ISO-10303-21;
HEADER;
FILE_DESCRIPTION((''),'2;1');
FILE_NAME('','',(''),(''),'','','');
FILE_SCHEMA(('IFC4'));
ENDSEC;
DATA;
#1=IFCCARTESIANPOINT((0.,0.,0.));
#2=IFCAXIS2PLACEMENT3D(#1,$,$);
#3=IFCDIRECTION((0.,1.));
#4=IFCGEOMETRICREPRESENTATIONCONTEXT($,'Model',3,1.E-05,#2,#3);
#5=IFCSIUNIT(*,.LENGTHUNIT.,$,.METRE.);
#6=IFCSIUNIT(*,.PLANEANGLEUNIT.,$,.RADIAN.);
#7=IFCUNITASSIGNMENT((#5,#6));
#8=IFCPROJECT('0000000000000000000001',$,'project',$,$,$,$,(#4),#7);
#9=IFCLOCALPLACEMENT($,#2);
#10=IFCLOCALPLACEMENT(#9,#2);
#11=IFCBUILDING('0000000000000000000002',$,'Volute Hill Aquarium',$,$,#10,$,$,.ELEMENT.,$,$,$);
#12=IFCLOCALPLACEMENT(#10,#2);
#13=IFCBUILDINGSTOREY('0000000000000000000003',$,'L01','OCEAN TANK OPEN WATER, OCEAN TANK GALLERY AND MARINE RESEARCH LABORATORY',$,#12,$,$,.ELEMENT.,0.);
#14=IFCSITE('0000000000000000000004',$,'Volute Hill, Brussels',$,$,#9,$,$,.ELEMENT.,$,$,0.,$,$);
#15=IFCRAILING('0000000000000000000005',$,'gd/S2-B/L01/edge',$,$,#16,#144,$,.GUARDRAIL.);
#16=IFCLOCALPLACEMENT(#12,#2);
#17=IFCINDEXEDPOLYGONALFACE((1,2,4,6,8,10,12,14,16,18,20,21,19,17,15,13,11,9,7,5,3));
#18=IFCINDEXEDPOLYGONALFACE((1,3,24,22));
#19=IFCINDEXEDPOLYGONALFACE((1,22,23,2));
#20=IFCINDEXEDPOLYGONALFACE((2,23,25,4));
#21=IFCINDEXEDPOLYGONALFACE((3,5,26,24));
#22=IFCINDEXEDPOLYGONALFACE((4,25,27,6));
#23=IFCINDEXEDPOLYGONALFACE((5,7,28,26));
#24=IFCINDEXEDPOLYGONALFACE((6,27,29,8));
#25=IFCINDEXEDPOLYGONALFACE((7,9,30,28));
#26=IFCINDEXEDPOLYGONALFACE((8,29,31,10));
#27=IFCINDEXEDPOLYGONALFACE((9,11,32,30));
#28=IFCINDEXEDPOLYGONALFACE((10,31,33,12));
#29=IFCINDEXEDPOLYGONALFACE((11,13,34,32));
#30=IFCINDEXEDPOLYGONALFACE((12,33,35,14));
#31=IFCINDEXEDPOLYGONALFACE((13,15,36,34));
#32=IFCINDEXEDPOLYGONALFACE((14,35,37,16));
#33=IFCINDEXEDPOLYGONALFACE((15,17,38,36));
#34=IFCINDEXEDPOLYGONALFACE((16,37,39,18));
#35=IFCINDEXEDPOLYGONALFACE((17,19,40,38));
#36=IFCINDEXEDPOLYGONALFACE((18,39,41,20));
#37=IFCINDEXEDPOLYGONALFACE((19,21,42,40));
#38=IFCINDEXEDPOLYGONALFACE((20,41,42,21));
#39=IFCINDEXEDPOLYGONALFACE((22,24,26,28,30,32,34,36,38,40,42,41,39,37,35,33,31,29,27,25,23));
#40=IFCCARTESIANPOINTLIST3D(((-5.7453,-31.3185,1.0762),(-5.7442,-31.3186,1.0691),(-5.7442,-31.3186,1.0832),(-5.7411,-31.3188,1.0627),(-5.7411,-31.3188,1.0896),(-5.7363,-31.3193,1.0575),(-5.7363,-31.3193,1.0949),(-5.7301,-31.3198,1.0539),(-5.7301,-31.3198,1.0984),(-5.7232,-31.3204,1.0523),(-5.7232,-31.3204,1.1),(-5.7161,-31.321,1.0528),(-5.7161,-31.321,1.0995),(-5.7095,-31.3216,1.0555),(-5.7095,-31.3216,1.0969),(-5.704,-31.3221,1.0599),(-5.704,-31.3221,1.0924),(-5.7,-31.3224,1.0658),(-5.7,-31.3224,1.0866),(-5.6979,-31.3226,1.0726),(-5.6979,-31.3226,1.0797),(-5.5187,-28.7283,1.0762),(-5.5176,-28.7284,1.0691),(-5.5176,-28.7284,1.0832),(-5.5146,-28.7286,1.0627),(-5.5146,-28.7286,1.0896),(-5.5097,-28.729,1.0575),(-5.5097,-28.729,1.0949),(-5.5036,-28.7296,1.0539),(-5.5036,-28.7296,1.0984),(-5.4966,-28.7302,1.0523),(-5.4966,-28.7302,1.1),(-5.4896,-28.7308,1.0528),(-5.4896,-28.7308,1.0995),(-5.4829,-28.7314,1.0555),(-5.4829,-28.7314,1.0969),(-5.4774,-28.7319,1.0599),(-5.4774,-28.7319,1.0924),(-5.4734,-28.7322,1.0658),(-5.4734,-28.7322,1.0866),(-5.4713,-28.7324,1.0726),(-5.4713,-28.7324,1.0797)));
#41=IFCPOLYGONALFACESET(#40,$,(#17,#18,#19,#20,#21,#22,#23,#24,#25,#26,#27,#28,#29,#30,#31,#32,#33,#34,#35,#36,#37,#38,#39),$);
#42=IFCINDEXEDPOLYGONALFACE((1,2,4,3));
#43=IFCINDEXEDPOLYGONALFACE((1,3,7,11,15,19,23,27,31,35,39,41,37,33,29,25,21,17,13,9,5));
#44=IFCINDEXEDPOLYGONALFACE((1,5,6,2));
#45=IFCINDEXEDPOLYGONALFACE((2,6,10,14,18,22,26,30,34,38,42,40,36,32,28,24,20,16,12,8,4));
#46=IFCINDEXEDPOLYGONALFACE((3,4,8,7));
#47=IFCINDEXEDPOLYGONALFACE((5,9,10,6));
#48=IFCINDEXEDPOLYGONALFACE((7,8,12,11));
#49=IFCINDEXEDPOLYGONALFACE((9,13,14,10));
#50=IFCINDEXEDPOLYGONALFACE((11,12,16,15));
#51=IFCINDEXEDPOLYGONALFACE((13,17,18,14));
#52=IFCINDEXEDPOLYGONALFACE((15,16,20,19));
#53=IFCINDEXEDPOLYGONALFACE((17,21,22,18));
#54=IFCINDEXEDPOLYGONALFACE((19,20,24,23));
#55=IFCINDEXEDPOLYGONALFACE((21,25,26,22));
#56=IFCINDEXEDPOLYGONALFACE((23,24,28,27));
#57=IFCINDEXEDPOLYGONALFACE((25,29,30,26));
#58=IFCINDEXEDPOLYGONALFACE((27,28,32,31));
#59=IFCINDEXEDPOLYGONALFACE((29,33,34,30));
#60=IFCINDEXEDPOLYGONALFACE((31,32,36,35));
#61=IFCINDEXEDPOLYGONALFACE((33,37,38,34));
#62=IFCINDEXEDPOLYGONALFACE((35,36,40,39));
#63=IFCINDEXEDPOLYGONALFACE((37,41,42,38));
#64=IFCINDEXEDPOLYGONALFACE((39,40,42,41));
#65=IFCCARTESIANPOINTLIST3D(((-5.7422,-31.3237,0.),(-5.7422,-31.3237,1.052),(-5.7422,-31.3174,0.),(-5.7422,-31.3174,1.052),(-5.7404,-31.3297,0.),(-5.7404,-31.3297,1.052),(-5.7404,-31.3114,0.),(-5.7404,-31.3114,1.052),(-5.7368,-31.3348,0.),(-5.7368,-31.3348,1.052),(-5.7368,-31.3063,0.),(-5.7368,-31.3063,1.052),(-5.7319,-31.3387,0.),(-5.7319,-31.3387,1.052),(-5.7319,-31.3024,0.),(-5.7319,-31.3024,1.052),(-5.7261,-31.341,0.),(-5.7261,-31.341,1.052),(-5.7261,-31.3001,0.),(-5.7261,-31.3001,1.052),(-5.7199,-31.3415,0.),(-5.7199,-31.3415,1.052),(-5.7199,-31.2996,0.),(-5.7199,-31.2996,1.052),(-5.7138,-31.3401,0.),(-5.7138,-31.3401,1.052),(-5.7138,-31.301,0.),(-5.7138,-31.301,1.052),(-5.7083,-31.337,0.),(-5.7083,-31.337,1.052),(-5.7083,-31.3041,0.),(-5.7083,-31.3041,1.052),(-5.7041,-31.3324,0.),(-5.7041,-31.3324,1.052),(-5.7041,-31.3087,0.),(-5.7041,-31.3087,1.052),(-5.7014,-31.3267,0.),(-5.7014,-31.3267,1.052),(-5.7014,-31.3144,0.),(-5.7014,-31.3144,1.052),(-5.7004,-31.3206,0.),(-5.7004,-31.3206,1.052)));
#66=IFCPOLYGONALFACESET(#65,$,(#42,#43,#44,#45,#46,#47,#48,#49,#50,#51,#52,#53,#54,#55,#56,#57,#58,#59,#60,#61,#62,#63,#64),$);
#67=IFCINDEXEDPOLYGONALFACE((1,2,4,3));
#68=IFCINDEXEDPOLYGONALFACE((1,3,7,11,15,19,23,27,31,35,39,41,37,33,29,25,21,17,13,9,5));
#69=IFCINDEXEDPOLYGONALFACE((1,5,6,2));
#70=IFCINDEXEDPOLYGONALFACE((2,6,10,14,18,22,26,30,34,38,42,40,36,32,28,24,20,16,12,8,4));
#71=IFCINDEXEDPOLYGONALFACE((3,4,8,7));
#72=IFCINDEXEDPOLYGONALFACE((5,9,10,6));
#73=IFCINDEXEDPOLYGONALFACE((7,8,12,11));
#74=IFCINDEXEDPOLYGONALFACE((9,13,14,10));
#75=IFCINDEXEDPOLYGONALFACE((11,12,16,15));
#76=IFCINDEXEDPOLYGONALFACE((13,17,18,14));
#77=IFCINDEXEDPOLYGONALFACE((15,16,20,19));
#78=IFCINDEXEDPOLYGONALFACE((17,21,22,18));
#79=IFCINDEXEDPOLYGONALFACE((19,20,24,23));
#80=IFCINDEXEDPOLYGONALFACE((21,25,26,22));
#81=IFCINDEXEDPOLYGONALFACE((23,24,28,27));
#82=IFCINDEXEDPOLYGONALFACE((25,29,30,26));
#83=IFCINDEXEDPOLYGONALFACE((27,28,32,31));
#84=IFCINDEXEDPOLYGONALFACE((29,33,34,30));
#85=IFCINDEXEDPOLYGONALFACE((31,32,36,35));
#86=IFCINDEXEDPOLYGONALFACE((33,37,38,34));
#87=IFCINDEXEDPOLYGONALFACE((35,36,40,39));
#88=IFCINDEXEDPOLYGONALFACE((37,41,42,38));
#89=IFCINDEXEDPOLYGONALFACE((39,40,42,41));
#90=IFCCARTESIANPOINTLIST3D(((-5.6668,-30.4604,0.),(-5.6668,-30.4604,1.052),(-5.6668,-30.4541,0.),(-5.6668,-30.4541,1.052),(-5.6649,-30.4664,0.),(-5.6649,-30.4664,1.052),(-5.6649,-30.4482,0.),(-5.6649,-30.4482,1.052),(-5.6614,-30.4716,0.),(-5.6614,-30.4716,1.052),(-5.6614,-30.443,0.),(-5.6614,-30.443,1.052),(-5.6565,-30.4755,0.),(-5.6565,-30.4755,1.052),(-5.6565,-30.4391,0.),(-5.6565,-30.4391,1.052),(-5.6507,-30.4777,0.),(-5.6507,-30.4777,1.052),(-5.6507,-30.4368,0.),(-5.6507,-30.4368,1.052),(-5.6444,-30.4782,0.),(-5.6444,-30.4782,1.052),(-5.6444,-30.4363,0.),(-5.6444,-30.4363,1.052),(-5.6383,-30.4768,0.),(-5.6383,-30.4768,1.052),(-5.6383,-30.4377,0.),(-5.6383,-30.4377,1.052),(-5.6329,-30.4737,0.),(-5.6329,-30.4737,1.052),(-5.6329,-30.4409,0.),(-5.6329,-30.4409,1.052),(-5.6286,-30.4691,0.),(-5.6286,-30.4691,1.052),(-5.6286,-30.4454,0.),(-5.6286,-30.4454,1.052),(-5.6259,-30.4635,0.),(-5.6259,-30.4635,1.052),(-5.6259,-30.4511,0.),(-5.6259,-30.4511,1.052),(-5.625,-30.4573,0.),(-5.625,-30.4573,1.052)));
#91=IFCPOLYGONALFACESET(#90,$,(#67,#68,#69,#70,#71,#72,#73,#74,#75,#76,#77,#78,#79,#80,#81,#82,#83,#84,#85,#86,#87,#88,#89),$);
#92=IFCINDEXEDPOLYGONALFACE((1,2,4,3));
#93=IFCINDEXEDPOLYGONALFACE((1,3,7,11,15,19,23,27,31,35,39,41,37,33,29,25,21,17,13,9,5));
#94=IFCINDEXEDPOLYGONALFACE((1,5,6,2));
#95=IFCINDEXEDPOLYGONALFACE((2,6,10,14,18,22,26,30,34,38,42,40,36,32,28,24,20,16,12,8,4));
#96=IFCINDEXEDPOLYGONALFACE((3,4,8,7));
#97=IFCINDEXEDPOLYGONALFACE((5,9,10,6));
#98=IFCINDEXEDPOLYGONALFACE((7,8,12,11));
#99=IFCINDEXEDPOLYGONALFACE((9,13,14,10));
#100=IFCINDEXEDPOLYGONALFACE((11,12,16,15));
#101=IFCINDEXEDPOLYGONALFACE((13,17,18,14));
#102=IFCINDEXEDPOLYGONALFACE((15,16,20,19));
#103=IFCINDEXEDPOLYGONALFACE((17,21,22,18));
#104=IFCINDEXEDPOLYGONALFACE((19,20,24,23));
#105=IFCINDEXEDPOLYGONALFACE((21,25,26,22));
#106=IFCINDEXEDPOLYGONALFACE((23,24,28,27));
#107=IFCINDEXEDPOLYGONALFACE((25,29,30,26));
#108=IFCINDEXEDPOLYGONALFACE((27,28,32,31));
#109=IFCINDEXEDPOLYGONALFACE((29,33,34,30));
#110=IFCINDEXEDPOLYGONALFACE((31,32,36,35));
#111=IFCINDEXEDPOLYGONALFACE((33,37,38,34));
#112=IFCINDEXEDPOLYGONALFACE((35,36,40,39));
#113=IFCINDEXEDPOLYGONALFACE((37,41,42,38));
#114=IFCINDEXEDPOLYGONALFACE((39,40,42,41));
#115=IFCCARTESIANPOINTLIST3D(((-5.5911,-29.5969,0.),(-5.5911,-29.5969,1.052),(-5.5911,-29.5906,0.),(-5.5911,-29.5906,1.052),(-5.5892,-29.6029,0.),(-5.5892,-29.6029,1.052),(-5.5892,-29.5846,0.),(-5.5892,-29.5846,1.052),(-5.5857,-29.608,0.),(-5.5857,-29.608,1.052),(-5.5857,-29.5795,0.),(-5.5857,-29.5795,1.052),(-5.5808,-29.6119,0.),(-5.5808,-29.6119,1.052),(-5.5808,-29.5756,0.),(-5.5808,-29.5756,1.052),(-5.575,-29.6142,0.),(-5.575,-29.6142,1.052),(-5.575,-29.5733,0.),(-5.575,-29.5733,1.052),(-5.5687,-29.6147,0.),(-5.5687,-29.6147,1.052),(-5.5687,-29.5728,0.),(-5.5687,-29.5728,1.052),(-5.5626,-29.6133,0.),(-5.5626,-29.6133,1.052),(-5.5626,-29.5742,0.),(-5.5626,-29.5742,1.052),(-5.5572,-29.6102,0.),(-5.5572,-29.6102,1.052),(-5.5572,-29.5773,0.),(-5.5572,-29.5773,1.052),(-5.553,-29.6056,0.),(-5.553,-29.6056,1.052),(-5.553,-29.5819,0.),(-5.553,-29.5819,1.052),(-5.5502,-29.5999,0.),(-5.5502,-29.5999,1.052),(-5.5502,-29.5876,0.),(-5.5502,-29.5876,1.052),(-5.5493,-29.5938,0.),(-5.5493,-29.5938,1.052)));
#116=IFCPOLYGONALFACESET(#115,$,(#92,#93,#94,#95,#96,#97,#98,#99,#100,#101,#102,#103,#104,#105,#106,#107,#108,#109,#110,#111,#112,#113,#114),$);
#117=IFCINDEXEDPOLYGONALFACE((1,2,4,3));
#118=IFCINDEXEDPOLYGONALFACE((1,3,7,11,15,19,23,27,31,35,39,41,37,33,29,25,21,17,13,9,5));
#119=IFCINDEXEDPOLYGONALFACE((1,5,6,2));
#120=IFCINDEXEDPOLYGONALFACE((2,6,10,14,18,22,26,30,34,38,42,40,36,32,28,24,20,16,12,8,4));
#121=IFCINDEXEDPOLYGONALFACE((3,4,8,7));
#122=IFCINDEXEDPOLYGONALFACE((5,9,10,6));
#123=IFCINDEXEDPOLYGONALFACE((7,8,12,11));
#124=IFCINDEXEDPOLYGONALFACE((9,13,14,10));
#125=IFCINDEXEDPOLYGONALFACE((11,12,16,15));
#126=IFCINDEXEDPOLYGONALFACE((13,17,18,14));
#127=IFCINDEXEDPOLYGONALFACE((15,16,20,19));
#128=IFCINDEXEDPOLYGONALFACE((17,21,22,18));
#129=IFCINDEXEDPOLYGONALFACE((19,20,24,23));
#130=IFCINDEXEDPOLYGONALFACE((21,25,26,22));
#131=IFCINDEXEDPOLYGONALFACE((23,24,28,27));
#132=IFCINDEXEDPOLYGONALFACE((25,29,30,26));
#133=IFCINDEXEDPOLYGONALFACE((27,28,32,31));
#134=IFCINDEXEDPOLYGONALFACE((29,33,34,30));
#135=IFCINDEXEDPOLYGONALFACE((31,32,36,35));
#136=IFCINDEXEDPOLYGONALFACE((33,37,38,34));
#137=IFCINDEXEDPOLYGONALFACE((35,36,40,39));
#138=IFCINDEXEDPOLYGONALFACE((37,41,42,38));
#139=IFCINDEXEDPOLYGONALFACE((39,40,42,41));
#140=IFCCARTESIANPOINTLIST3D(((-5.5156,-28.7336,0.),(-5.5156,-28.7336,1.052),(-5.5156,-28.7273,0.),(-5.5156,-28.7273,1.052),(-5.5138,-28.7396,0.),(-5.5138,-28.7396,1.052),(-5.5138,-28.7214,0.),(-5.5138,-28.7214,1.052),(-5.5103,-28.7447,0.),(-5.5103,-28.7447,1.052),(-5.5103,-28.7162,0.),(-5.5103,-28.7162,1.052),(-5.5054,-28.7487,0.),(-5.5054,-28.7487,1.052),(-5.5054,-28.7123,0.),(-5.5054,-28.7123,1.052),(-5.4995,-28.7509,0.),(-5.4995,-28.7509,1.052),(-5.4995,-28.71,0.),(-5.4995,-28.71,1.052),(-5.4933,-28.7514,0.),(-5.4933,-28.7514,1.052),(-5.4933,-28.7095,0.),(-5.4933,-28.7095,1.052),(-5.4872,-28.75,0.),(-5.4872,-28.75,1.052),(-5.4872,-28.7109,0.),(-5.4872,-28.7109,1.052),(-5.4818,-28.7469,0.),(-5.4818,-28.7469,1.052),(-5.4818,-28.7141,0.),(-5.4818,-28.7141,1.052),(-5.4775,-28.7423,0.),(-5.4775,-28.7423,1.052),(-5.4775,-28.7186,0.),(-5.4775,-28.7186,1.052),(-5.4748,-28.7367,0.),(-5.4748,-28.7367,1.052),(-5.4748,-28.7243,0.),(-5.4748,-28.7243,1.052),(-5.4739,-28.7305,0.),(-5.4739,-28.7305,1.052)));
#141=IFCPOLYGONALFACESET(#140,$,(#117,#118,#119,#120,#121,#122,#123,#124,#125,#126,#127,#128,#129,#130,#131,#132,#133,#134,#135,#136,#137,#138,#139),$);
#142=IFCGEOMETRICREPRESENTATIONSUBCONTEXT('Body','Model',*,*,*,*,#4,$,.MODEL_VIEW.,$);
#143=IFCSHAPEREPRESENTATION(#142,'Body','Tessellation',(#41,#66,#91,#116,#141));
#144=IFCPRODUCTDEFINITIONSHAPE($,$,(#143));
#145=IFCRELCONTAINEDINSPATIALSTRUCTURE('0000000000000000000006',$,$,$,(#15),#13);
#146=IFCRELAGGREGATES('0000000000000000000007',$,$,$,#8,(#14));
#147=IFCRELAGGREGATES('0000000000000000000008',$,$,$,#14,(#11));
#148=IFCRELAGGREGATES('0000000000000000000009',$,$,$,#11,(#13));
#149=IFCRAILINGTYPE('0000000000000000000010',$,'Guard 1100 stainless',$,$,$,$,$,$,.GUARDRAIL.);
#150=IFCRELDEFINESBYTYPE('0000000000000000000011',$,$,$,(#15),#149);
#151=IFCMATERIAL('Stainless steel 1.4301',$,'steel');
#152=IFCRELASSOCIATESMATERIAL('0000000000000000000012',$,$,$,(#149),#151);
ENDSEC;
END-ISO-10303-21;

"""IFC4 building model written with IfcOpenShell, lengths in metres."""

from ifc_helpers import new_model, si_unit, direction, frame, origin, origin_2d, place, context, subcontext, project, spatial, circle, extrude, material, type_object, element, save


model = new_model("IFC4")

# Units and contexts
model_context = context("Model", 3, precision=1e-05, world=origin(), true_north=direction((0.0, 1.0)))
body_context = subcontext(model_context, "Body", "Model", "MODEL_VIEW")
ifc_project = project(units=[si_unit("LENGTHUNIT", "METRE"), si_unit("PLANEANGLEUNIT", "RADIAN")], contexts=[model_context])

# Site, building, storey
site_placement = place(None, origin())
site = spatial("IfcSite", under=ifc_project, at=site_placement, Name="Volute Hill, Brussels", CompositionType="ELEMENT", RefElevation=0.0)
building_placement = place(site_placement, origin())
building = spatial("IfcBuilding", under=site, at=building_placement, Name="Volute Hill Aquarium", CompositionType="ELEMENT")
storey_placement = place(building_placement, origin())
storey = spatial("IfcBuildingStorey", under=building, at=storey_placement, Name="L01", Description="OCEAN TANK OPEN WATER, OCEAN TANK GALLERY AND MARINE RESEARCH LABORATORY", CompositionType="ELEMENT", Elevation=0.0)

# Railing
ifc_material_1 = material(Name="Stainless steel 1.4301", Category="steel")
railing_type_1 = type_object("IfcRailingType", Name="Guard 1100 stainless", PredefinedType="GUARDRAIL", material=ifc_material_1)
railing_1_placement = place(storey_placement, frame((-5.7214, -31.3206, 0.0)))
element("IfcRailing", 1, at=railing_1_placement, inside=storey, type_object=railing_type_1, Name="gd/S2-B/L01/edge", PredefinedType="GUARDRAIL", context=body_context, shape_type="SweptSolid", body=[
    extrude(circle(Radius=0.0239, at=origin_2d()), frame((0.0, 0.0, 1.0762), z_axis=(0.08714, 0.996196, 0.0), x_axis=(-0.996196, 0.08714, 0.0)), (0.0, 0.0, 1.0), 2.6001),
    extrude(circle(Radius=0.021, at=origin_2d()), origin(), (0.0, 0.0, 1.0), 1.052),
    extrude(circle(Radius=0.021, at=origin_2d()), frame((0.0754, 0.8633, 0.0)), (0.0, 0.0, 1.0), 1.052),
    extrude(circle(Radius=0.021, at=origin_2d()), frame((0.1511, 1.7268, 0.0)), (0.0, 0.0, 1.0), 1.052),
    extrude(circle(Radius=0.021, at=origin_2d()), frame((0.2266, 2.5901, 0.0)), (0.0, 0.0, 1.0), 1.052),
])

save(model, "model.ifc")
